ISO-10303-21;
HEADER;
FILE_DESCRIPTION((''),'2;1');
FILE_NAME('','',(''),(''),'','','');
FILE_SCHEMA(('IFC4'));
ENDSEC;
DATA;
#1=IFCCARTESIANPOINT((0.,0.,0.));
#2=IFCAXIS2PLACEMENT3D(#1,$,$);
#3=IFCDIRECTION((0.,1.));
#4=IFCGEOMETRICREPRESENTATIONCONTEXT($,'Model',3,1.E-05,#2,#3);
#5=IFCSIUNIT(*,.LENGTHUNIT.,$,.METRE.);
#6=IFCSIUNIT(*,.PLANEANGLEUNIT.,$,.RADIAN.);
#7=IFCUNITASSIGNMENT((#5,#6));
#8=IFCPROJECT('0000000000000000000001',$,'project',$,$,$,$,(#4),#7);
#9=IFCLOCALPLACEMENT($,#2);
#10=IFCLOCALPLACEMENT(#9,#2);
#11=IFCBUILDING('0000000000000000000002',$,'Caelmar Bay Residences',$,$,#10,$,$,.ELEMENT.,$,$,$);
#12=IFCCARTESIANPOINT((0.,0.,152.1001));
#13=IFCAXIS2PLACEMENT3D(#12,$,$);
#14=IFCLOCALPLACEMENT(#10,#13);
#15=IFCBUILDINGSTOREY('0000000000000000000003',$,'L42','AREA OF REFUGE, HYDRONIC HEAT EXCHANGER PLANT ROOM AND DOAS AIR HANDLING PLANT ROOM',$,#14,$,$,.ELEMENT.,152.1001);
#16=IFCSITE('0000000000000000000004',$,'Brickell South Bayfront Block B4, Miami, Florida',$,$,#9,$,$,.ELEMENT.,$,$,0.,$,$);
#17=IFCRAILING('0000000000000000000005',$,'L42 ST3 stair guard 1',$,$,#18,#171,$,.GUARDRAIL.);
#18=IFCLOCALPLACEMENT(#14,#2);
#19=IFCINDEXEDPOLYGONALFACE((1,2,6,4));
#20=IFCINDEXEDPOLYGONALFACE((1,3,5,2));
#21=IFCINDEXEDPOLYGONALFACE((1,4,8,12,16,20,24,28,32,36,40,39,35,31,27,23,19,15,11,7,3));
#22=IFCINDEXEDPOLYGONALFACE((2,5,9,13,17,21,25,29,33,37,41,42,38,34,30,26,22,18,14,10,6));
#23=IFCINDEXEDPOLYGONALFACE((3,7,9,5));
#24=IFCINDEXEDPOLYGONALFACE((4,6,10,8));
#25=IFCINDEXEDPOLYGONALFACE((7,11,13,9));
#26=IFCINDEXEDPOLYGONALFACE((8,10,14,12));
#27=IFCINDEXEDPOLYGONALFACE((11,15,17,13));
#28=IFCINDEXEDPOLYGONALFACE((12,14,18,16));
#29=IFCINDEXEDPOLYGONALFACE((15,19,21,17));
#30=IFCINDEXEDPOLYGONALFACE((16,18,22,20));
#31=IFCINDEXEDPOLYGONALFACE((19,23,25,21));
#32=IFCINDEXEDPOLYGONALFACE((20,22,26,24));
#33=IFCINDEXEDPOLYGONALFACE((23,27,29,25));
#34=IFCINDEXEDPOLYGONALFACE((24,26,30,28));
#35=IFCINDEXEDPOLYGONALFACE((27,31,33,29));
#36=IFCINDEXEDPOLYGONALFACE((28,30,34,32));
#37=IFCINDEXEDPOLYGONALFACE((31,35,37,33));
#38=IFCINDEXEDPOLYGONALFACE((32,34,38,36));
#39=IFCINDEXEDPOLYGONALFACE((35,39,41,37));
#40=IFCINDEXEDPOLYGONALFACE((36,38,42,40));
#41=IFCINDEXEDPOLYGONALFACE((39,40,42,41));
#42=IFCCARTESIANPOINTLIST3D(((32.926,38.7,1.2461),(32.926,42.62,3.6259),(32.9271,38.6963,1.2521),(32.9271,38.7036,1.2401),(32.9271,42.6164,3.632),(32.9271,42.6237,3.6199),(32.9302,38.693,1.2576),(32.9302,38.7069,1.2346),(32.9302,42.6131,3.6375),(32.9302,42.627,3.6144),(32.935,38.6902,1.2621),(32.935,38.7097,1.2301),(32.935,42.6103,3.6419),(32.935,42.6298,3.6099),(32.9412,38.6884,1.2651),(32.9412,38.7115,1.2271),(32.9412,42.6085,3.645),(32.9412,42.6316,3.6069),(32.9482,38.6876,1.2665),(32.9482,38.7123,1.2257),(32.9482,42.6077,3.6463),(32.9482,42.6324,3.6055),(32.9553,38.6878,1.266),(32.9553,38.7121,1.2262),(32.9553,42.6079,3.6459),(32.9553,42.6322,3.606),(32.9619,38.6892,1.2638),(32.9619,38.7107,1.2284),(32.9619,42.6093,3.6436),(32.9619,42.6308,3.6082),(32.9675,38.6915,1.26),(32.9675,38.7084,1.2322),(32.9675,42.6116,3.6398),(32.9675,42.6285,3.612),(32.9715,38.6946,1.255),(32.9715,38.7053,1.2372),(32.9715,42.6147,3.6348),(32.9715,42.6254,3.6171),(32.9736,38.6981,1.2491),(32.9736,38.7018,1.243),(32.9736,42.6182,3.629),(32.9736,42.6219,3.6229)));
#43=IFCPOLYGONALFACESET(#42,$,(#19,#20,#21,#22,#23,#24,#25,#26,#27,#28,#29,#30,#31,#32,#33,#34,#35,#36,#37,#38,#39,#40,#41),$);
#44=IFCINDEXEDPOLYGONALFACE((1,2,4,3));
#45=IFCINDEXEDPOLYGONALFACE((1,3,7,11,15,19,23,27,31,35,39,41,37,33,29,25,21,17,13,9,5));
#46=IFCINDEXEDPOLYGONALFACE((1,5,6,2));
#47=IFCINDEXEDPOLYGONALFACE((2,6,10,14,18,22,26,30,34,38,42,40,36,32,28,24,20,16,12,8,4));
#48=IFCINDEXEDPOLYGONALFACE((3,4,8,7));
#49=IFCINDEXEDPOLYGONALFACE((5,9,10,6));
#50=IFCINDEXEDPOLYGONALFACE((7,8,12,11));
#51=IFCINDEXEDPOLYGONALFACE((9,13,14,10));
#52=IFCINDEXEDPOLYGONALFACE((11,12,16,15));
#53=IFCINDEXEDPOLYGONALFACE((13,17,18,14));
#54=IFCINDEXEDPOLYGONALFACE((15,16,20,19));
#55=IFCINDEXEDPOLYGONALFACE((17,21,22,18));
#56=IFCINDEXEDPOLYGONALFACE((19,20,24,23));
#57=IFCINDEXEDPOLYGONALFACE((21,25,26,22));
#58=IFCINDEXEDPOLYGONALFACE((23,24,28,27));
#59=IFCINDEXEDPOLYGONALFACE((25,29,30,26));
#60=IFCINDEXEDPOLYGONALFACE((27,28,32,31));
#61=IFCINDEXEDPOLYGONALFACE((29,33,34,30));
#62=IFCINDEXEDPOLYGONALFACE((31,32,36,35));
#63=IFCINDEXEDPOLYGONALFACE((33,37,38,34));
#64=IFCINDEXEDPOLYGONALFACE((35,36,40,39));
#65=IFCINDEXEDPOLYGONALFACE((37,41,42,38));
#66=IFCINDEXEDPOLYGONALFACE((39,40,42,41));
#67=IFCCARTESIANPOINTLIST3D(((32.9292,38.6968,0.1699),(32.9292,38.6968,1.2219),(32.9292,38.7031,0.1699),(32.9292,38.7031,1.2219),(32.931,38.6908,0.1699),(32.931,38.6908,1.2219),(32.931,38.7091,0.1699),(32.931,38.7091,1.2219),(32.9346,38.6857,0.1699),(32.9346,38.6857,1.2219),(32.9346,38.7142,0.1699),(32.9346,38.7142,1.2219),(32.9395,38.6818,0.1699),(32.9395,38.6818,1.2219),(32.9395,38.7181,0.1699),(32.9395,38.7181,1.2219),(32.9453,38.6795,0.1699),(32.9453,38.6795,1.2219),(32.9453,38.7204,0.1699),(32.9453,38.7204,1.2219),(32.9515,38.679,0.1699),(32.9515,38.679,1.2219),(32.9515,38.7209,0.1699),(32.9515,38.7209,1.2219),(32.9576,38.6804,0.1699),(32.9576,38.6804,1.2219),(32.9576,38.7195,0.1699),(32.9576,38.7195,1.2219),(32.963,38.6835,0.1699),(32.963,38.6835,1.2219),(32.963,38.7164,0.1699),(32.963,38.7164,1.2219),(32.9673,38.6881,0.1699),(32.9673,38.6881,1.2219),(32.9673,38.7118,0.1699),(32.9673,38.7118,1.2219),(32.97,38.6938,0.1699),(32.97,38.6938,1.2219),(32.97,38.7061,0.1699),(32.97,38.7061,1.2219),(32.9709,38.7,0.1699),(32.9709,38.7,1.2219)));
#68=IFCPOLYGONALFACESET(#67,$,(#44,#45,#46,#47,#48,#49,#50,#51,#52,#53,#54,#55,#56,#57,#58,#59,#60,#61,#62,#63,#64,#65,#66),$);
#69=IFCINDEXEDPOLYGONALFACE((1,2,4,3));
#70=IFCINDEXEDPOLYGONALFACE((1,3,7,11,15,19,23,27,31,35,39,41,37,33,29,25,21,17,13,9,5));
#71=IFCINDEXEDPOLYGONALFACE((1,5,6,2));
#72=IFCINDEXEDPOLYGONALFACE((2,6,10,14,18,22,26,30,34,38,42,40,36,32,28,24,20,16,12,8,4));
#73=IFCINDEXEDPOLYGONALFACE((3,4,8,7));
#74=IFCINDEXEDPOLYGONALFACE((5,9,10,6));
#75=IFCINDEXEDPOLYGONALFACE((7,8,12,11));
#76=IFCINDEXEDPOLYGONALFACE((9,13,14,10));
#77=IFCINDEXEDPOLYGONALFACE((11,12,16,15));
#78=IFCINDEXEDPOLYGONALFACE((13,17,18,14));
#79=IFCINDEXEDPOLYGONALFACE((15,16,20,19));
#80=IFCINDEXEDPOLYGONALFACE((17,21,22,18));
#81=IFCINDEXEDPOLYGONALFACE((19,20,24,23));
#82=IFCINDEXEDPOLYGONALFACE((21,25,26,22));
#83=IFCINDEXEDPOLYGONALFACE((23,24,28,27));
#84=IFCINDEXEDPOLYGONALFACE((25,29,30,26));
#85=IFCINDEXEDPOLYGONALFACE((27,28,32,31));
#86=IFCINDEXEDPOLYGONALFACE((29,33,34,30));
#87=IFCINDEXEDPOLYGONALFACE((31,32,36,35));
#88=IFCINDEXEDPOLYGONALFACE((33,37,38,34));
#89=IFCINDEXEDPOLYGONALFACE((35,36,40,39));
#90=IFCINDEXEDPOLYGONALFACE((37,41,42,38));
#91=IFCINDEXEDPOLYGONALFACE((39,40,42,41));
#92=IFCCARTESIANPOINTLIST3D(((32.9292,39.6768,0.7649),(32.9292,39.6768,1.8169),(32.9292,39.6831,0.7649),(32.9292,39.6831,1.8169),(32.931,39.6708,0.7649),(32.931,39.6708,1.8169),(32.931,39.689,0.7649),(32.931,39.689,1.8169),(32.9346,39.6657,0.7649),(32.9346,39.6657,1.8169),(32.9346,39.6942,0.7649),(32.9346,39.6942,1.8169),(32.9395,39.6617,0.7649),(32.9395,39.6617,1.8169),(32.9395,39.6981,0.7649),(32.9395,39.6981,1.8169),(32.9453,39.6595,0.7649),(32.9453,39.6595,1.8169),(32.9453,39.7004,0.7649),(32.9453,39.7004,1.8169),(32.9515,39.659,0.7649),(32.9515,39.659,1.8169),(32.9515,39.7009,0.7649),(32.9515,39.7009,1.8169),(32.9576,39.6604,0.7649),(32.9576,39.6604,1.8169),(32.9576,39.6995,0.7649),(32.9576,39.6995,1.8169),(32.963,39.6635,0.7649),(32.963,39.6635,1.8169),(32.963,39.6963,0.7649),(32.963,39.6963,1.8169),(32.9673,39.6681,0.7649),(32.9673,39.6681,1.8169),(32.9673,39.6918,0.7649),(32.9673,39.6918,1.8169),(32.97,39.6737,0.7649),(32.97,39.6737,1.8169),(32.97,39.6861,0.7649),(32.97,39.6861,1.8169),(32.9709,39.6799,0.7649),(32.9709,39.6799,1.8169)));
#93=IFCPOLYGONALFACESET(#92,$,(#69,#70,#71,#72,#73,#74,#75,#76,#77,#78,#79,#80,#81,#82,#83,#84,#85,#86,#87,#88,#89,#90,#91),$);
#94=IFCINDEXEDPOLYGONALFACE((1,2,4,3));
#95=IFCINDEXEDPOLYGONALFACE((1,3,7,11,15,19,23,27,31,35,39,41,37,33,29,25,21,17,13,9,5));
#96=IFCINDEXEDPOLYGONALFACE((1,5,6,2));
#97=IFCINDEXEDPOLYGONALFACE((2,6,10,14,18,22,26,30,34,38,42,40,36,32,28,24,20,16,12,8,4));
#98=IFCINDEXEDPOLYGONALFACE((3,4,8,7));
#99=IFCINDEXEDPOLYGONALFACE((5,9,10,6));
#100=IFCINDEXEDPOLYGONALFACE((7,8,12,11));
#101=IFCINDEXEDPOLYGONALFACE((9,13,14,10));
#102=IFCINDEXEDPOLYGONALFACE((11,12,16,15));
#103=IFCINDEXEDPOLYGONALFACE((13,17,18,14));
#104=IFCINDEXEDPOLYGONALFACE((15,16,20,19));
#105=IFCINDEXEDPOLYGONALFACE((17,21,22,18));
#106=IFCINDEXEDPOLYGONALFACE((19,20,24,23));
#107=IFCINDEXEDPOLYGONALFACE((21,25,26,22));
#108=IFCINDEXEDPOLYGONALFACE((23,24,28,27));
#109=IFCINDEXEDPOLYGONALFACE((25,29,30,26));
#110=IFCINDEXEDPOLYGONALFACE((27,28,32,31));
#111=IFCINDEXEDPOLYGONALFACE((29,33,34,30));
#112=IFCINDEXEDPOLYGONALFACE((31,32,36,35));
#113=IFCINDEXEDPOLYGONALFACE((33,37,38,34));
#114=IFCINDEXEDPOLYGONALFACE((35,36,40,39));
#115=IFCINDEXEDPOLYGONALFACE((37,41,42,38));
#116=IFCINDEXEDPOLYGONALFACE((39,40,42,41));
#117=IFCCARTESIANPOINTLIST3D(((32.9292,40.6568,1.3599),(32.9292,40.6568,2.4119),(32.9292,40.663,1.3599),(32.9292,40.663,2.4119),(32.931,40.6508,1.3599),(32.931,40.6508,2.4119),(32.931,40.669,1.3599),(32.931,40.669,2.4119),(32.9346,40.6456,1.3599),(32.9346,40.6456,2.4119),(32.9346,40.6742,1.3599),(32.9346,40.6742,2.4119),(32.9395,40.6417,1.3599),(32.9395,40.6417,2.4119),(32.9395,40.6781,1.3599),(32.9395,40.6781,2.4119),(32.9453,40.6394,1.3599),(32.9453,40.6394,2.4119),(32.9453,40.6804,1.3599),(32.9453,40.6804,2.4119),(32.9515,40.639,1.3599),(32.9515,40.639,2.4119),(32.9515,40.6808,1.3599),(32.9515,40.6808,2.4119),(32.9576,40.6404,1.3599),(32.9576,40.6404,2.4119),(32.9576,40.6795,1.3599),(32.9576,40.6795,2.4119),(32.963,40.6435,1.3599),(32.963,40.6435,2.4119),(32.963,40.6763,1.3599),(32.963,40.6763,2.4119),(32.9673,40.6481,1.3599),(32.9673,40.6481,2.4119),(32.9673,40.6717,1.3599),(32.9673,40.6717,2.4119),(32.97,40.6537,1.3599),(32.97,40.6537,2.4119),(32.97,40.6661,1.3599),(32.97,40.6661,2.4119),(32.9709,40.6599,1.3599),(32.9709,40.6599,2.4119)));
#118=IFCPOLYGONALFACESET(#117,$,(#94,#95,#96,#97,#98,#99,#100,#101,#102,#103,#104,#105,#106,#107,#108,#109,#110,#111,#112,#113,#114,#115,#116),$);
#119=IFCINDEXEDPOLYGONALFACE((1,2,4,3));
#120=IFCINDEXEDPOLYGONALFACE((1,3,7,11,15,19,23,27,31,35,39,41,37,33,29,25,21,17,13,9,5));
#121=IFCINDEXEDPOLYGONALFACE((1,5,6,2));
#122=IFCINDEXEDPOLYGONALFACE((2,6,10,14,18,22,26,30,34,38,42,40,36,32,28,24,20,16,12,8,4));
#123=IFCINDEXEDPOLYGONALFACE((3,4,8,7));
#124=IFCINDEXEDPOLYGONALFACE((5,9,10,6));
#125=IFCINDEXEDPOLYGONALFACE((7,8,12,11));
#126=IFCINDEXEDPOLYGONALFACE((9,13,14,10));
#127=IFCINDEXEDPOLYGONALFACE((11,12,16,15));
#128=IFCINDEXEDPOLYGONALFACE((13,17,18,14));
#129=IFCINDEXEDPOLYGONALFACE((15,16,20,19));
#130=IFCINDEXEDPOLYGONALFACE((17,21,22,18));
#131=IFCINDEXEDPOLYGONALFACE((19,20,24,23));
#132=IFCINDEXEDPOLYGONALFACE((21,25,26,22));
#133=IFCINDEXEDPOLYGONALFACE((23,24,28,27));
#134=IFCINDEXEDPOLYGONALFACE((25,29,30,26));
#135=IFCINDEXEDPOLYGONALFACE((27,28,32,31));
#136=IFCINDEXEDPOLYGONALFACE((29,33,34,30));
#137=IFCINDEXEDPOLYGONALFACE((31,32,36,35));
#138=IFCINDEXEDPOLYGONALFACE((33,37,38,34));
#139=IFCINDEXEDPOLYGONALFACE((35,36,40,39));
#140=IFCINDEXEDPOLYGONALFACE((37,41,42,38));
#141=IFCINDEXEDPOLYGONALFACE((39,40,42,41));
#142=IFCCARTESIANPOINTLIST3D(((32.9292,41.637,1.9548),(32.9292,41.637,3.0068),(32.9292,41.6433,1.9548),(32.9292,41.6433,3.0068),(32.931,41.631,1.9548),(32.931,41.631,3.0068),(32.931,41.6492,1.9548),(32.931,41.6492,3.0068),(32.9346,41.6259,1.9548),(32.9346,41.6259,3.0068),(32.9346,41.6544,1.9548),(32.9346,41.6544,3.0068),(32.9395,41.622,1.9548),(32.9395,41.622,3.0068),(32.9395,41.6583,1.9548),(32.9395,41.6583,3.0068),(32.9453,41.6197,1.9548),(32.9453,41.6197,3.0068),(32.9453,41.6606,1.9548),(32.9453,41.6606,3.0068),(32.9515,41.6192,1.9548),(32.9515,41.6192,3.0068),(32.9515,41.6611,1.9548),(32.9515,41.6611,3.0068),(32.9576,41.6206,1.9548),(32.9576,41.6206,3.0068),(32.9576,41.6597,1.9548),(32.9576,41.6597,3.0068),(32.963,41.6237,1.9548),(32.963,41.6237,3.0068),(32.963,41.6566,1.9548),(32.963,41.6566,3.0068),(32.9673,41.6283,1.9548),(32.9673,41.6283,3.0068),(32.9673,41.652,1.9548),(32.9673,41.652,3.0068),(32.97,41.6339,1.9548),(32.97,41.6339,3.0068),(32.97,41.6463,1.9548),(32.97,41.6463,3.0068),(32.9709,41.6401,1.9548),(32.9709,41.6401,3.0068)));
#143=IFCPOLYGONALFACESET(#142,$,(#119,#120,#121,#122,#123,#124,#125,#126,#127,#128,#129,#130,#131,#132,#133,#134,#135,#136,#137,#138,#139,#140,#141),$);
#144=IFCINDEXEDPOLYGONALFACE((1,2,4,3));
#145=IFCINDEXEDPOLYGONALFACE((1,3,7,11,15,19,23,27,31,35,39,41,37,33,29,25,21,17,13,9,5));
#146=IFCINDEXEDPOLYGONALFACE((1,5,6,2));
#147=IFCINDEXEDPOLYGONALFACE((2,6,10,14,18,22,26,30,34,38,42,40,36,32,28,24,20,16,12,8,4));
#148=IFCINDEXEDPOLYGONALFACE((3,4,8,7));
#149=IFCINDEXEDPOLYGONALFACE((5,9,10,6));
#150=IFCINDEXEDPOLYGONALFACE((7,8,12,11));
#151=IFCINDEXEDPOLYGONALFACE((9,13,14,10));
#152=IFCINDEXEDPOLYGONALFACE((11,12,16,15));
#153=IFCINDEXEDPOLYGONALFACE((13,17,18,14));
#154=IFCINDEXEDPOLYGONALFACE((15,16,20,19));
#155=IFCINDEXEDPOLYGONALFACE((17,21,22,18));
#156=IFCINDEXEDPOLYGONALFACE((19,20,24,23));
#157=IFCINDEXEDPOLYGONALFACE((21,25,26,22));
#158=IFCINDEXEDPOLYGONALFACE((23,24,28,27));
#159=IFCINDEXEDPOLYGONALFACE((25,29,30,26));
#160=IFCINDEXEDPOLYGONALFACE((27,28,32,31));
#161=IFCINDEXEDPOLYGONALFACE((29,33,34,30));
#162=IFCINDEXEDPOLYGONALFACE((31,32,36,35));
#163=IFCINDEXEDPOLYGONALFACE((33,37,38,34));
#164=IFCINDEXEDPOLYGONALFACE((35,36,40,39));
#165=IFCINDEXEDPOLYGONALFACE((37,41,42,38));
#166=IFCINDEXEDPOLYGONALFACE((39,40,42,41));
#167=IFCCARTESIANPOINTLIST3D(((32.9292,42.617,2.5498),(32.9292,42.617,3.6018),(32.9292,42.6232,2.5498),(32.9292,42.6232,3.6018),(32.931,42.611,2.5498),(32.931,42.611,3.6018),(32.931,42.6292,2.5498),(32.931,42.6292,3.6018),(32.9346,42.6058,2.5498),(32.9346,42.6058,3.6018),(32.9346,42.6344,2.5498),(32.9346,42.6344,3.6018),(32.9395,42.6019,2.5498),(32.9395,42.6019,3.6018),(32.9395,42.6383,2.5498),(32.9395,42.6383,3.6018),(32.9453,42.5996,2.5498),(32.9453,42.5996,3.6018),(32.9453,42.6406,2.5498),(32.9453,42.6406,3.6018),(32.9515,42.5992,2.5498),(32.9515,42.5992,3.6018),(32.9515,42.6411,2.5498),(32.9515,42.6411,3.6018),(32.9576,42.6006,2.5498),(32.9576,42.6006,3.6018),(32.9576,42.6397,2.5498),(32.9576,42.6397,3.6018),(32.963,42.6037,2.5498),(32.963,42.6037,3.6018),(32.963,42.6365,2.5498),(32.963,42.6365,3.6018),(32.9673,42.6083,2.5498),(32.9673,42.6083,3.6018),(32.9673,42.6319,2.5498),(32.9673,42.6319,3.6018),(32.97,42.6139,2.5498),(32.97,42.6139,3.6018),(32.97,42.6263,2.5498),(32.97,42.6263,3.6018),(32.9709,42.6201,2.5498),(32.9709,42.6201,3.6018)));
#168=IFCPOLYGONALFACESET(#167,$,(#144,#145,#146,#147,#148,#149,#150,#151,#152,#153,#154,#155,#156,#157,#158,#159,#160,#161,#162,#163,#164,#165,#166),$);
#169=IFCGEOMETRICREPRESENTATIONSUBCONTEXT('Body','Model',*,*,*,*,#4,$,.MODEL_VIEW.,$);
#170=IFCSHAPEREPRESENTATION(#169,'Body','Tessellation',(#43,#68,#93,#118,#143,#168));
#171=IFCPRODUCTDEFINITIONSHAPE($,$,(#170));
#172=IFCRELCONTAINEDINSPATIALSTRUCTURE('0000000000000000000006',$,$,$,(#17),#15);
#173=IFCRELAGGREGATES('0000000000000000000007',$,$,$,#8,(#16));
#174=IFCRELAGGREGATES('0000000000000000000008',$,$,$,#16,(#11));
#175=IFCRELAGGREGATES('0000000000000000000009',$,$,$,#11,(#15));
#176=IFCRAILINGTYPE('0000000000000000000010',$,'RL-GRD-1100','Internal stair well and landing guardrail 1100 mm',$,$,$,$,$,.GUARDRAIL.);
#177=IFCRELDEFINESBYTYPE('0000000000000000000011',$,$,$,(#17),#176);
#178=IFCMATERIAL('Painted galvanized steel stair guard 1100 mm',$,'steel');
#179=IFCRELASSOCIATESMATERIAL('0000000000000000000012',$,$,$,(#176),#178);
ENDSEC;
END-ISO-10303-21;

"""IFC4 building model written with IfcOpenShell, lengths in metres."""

from ifc_helpers import new_model, si_unit, direction, frame, origin, origin_2d, place, context, subcontext, project, spatial, circle, extrude, material, type_object, element, save


model = new_model("IFC4")

# Units and contexts
model_context = context("Model", 3, precision=1e-05, world=origin(), true_north=direction((0.0, 1.0)))
body_context = subcontext(model_context, "Body", "Model", "MODEL_VIEW")
ifc_project = project(units=[si_unit("LENGTHUNIT", "METRE"), si_unit("PLANEANGLEUNIT", "RADIAN")], contexts=[model_context])

# Site, building, storey
site_placement = place(None, origin())
site = spatial("IfcSite", under=ifc_project, at=site_placement, Name="Brickell South Bayfront Block B4, Miami, Florida", CompositionType="ELEMENT", RefElevation=0.0)
building_placement = place(site_placement, origin())
building = spatial("IfcBuilding", under=site, at=building_placement, Name="Caelmar Bay Residences", CompositionType="ELEMENT")
storey_placement = place(building_placement, frame((0.0, 0.0, 152.1001)))
storey = spatial("IfcBuildingStorey", under=building, at=storey_placement, Name="L42", Description="AREA OF REFUGE, HYDRONIC HEAT EXCHANGER PLANT ROOM AND DOAS AIR HANDLING PLANT ROOM", CompositionType="ELEMENT", Elevation=152.1001)

# Railing
ifc_material_1 = material(Name="Painted galvanized steel stair guard 1100 mm", Category="steel")
railing_type_1 = type_object("IfcRailingType", Name="RL-GRD-1100", Description="Internal stair well and landing guardrail 1100 mm", PredefinedType="GUARDRAIL", material=ifc_material_1)
railing_1_placement = place(storey_placement, frame((32.95, 38.7, 0.1699)))
element("IfcRailing", 1, at=railing_1_placement, inside=storey, type_object=railing_type_1, Name="L42 ST3 stair guard 1", PredefinedType="GUARDRAIL", context=body_context, shape_type="SweptSolid", body=[
    extrude(circle(Radius=0.0239, at=origin_2d()), frame((0.0, 0.0, 1.0762), z_axis=(0.0, 0.854809, 0.518943), x_axis=(-1.0, 0.0, 0.0)), (0.0, 0.0, 1.0), 4.5859),
    extrude(circle(Radius=0.021, at=origin_2d()), origin(), (0.0, 0.0, 1.0), 1.052),
    extrude(circle(Radius=0.021, at=origin_2d()), frame((0.0, 0.98, 0.595)), (0.0, 0.0, 1.0), 1.052),
    extrude(circle(Radius=0.021, at=origin_2d()), frame((0.0, 1.96, 1.1899)), (0.0, 0.0, 1.0), 1.052),
    extrude(circle(Radius=0.021, at=origin_2d()), frame((0.0, 2.9402, 1.7849)), (0.0, 0.0, 1.0), 1.052),
    extrude(circle(Radius=0.021, at=origin_2d()), frame((0.0, 3.9202, 2.3799)), (0.0, 0.0, 1.0), 1.052),
])

save(model, "model.ifc")
